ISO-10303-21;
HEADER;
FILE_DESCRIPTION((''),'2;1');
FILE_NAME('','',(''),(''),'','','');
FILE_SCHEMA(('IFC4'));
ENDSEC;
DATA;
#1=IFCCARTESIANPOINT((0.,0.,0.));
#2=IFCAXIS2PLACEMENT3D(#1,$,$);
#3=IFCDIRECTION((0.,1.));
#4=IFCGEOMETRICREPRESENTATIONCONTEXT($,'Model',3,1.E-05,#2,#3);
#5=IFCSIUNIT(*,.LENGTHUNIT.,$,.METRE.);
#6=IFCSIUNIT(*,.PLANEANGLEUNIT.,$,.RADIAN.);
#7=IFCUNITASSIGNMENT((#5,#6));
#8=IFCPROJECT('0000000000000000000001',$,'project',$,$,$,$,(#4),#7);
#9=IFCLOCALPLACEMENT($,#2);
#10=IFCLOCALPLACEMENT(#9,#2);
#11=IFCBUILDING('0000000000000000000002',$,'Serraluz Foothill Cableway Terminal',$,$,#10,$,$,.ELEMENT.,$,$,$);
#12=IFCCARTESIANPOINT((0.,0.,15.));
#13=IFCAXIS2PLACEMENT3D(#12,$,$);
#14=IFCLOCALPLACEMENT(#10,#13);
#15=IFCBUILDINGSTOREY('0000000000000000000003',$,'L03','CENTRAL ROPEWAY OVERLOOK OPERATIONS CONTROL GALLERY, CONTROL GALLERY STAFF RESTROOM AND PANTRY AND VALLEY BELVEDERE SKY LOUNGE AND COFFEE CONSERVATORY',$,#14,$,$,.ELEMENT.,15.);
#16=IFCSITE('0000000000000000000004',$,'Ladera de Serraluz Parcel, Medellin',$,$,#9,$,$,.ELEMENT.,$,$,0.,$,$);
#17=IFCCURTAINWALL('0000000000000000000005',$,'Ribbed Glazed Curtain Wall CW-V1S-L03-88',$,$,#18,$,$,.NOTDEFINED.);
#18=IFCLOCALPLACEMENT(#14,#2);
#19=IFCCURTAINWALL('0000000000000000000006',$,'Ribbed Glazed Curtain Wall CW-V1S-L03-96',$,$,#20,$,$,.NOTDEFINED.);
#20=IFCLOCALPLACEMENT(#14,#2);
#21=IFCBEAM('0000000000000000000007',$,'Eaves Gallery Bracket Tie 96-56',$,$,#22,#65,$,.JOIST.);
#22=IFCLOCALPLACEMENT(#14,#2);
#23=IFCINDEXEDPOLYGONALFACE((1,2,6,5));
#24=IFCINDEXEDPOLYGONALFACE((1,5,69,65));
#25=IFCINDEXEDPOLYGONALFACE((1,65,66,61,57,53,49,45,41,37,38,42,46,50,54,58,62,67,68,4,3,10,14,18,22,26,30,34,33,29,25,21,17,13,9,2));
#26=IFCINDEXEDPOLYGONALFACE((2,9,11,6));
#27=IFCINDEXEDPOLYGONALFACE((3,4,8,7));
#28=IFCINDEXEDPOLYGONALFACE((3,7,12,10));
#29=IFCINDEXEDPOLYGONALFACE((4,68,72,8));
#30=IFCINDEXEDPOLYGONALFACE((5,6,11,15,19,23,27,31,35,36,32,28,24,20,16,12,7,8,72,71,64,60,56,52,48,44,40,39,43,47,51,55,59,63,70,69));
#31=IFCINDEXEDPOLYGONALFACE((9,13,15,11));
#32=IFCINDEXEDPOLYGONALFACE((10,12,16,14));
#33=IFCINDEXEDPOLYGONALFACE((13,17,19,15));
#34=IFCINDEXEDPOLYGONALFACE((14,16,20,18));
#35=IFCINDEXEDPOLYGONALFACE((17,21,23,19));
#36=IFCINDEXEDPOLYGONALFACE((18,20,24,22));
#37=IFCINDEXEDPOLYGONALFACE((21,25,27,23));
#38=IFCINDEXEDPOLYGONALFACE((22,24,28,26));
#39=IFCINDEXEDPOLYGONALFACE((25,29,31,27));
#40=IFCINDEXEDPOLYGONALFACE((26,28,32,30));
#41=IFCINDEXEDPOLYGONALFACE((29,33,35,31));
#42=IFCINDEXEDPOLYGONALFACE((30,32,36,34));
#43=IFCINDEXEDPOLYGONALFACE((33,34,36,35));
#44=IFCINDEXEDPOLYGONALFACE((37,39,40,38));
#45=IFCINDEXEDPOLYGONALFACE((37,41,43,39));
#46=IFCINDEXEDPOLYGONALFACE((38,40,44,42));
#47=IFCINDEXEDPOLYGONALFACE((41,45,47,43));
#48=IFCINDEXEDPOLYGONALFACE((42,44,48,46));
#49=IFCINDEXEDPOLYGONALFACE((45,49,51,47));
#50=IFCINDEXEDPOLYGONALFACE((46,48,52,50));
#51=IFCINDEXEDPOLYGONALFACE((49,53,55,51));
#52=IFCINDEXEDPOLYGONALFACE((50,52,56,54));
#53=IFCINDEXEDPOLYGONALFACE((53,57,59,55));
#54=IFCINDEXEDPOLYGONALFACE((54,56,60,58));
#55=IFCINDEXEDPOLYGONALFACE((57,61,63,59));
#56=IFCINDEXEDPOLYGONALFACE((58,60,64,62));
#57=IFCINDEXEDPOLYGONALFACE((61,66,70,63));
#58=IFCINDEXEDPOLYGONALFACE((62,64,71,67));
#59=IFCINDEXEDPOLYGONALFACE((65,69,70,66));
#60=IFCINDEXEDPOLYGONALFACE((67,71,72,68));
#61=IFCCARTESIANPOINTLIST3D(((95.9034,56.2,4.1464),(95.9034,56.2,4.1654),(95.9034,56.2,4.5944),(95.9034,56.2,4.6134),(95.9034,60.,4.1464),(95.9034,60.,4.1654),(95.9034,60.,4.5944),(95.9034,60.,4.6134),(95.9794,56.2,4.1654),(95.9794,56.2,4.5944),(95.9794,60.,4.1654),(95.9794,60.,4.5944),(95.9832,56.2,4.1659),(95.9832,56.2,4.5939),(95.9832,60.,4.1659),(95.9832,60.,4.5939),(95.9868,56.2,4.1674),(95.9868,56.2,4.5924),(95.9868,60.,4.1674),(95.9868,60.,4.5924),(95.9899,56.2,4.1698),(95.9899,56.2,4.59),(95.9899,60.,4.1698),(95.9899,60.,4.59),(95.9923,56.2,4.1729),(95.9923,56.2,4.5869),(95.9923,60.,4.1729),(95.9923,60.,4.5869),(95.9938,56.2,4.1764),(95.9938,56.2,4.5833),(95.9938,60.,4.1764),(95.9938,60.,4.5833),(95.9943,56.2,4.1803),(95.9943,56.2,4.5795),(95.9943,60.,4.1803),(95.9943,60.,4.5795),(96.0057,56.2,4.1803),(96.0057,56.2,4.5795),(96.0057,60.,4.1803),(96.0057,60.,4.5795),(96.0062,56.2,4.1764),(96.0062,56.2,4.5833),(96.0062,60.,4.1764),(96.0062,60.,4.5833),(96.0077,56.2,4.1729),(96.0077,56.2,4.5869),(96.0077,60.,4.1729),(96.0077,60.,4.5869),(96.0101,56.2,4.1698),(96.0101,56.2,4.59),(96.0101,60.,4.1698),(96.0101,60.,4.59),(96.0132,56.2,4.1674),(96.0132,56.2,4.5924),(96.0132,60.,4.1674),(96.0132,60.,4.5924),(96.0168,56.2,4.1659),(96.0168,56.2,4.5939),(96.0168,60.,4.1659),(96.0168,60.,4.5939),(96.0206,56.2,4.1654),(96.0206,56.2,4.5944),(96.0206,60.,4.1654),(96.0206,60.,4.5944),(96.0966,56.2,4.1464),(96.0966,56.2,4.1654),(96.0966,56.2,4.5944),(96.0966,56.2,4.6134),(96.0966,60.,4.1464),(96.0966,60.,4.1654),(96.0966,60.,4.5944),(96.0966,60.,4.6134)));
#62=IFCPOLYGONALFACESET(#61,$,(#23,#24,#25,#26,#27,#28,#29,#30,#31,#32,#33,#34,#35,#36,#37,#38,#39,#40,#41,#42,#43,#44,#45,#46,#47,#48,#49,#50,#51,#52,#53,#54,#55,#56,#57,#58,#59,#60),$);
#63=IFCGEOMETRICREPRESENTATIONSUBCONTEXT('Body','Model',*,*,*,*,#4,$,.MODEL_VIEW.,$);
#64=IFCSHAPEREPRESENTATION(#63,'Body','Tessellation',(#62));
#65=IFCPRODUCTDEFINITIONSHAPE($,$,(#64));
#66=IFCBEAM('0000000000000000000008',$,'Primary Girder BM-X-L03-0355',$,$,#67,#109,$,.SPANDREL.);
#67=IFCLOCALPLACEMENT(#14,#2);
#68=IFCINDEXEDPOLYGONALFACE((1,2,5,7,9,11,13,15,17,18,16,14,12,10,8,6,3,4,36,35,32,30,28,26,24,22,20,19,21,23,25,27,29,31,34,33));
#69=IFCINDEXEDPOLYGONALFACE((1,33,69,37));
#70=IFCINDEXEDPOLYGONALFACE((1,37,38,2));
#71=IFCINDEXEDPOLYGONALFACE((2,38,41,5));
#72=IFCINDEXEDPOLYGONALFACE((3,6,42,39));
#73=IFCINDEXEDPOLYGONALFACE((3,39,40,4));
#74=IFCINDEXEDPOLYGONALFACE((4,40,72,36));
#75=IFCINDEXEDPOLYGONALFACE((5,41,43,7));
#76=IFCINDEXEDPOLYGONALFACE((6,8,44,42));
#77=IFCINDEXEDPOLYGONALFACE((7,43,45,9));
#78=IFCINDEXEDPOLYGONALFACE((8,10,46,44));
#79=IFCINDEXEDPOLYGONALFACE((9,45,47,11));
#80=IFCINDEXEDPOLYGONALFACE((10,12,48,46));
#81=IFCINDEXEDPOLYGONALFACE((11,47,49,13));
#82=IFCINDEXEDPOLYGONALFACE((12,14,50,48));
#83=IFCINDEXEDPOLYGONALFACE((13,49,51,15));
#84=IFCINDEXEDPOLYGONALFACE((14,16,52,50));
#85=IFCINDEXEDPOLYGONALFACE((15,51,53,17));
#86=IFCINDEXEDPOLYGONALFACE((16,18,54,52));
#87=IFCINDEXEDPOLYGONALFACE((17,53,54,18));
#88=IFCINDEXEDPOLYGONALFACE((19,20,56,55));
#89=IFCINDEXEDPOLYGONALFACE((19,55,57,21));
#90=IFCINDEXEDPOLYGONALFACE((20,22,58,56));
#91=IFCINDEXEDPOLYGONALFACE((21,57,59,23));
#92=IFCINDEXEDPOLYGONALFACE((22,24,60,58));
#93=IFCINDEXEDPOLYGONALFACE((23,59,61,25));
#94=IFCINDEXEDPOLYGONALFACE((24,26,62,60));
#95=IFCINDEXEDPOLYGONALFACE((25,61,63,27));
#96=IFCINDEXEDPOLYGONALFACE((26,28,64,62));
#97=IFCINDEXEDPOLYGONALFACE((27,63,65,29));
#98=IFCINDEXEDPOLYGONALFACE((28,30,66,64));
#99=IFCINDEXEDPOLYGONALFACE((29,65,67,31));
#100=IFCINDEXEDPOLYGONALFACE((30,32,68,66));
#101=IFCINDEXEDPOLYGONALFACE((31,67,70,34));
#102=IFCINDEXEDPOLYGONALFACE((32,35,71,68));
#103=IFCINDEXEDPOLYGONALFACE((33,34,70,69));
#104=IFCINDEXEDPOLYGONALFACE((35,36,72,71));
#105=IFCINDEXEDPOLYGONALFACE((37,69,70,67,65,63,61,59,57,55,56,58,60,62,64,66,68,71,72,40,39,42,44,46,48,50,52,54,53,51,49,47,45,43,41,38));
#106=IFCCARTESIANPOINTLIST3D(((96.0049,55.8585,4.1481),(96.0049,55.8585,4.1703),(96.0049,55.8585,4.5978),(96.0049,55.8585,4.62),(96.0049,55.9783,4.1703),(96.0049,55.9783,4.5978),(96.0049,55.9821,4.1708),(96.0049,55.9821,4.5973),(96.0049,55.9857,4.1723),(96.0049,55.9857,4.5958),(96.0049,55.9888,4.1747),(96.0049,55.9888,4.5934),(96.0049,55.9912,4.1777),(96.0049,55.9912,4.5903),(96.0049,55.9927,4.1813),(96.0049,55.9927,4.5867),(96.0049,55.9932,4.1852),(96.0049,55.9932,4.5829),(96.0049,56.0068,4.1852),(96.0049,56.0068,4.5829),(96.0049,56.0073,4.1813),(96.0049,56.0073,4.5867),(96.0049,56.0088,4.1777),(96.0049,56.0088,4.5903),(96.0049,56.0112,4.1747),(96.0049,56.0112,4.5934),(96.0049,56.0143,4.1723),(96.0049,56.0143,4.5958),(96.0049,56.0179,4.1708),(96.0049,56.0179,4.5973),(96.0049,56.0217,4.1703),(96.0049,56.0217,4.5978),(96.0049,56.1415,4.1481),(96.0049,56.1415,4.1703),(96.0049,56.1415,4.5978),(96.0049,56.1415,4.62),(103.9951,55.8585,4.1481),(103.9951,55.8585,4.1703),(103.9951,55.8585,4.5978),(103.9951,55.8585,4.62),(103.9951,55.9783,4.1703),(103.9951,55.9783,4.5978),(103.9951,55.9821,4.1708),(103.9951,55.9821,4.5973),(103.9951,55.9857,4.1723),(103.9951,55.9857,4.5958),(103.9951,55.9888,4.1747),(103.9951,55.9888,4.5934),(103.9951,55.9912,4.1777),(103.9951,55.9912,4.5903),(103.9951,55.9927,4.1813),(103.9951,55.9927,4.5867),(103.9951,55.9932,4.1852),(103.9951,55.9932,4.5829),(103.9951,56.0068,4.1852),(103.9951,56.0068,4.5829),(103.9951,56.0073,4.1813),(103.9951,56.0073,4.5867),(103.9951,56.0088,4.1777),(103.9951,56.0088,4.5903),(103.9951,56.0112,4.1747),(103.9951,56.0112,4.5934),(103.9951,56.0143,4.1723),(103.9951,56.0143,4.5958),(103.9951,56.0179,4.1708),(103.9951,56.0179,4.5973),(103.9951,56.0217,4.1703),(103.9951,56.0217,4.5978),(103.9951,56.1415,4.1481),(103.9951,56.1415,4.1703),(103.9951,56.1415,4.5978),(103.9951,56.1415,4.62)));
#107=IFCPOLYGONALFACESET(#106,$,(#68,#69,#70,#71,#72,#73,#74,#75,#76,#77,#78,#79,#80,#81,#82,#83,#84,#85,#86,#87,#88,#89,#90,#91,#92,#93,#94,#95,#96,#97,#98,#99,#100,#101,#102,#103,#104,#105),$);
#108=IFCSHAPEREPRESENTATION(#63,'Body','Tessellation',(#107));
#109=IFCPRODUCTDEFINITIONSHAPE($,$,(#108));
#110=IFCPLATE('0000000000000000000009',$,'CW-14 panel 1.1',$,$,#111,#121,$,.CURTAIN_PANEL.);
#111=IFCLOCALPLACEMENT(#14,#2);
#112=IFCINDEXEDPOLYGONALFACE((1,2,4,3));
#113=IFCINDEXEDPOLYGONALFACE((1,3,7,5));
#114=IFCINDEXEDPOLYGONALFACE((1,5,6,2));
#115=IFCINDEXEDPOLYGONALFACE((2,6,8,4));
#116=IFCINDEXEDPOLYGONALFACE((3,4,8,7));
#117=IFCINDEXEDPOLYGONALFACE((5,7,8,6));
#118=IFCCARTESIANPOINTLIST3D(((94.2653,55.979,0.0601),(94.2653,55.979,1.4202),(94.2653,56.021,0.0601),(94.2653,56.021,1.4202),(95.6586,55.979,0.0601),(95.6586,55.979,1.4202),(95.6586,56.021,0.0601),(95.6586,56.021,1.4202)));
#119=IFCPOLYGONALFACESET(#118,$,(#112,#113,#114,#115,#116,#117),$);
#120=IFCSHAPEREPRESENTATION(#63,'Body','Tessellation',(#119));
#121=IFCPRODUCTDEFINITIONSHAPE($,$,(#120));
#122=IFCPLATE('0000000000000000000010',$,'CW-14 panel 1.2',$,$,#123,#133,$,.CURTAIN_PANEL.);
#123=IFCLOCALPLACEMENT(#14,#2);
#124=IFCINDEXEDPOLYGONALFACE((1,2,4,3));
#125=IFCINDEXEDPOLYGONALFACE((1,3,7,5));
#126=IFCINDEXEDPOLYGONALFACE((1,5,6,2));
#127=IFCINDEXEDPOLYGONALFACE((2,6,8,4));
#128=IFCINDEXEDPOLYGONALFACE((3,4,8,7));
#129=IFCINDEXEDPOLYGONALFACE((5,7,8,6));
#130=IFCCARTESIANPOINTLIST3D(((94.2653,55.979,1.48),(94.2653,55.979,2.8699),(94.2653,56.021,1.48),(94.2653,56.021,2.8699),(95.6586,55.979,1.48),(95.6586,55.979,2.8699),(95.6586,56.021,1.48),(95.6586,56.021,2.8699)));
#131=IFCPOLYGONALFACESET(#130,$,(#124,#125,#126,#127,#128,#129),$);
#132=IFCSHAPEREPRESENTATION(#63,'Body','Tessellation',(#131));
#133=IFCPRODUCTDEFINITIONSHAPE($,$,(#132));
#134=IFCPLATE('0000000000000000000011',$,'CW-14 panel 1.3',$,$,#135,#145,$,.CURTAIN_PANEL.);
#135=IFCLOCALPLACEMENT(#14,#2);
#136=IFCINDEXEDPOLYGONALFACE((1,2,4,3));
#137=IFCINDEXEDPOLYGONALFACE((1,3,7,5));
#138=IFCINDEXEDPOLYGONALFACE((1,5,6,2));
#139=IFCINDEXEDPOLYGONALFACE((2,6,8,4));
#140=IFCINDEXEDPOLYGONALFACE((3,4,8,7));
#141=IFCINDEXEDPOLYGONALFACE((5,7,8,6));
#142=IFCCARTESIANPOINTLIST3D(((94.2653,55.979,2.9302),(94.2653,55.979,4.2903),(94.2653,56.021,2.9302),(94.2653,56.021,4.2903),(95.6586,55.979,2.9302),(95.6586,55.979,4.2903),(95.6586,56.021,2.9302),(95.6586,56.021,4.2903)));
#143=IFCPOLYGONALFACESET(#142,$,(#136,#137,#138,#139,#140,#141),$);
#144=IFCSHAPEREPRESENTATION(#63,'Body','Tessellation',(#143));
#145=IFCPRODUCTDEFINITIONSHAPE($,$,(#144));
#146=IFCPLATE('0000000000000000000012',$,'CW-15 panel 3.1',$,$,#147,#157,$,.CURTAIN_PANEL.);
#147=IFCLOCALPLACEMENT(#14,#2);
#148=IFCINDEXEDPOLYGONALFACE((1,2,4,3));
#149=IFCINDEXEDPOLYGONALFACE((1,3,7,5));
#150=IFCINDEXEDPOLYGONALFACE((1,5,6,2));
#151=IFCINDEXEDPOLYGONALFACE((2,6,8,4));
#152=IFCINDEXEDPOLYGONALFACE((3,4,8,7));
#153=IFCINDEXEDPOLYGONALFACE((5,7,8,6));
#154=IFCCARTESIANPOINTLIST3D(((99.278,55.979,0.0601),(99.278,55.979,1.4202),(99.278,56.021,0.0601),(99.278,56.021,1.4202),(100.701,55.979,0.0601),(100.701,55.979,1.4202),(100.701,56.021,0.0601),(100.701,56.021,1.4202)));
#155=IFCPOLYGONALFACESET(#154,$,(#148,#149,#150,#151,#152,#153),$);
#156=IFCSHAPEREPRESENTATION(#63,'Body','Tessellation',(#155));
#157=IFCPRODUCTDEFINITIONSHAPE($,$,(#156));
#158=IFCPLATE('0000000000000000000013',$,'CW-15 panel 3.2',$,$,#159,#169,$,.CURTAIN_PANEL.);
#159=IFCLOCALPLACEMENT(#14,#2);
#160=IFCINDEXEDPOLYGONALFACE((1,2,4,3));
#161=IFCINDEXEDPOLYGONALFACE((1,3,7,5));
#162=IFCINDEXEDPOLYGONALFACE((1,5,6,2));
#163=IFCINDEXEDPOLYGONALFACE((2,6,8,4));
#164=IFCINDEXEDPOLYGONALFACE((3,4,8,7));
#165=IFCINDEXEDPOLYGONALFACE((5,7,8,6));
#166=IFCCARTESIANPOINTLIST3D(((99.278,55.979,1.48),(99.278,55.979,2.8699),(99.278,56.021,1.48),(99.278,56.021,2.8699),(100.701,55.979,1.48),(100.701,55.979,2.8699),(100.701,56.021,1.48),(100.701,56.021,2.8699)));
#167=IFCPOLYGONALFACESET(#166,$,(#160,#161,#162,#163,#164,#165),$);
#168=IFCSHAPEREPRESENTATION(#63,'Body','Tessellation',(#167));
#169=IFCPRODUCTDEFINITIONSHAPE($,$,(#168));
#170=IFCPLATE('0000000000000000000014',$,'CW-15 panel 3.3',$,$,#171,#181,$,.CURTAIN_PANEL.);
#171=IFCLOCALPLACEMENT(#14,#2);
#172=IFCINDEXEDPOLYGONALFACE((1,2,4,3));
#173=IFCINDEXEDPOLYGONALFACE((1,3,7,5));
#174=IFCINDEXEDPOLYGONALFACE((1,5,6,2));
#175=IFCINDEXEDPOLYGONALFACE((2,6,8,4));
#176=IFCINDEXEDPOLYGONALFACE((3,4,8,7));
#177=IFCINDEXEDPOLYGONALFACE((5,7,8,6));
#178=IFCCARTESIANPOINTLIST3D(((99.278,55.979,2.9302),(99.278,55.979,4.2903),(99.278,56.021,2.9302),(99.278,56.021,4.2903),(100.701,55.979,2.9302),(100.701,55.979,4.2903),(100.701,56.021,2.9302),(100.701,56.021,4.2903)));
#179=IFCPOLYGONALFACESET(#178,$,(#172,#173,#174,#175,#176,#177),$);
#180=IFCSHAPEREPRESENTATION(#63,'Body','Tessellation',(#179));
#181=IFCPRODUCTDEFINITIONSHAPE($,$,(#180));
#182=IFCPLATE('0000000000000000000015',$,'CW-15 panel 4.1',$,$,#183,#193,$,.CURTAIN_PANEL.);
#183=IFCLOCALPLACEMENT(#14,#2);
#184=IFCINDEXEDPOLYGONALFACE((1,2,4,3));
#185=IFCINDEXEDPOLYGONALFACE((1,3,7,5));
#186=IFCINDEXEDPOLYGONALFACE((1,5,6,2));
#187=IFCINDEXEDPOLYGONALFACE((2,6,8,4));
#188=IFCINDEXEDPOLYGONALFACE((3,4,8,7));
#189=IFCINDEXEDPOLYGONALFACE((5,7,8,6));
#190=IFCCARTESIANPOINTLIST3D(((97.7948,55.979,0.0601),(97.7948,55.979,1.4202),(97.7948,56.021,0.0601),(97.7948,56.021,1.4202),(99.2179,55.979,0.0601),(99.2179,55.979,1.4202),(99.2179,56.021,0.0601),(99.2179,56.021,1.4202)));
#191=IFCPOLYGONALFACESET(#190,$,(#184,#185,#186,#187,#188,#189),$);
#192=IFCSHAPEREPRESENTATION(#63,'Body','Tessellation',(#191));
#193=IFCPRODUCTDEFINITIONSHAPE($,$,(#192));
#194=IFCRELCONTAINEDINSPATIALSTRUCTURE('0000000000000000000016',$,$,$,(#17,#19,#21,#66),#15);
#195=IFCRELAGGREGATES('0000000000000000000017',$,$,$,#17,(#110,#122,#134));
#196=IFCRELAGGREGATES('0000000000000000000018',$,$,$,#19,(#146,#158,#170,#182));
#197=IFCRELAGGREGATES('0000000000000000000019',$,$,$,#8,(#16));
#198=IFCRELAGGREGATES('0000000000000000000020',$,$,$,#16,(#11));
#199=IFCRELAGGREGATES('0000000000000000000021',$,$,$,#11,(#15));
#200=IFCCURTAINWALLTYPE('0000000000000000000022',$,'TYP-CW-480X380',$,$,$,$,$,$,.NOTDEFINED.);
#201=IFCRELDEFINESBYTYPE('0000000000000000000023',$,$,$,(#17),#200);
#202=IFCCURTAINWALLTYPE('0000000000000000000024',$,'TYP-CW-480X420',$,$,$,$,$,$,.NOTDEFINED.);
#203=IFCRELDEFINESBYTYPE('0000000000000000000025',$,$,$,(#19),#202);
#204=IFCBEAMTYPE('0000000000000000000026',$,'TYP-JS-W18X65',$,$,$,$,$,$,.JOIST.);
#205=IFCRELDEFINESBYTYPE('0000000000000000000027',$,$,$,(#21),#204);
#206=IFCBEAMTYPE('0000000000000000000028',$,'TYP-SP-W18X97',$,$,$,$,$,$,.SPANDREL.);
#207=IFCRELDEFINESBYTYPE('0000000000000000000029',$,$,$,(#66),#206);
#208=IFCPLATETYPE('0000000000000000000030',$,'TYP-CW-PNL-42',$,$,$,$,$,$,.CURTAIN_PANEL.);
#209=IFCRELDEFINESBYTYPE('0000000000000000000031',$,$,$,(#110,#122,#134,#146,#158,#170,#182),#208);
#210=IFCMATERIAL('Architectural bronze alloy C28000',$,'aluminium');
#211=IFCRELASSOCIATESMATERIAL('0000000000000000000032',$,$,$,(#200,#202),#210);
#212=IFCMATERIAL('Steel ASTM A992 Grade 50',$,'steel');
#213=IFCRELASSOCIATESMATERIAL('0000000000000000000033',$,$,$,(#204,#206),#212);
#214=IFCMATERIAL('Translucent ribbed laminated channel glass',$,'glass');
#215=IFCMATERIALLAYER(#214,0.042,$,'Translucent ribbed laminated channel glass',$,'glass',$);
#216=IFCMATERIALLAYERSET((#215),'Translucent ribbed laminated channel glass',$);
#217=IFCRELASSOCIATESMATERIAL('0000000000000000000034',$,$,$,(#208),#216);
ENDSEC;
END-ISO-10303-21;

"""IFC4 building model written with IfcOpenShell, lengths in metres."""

from ifc_helpers import new_model, si_unit, direction, frame, origin, origin_2d, place, context, subcontext, project, spatial, rectangle, i_section, extrude, material, layer, layer_set, material_profile, profile_set, type_object, element, aggregate, save


model = new_model("IFC4")

# Units and contexts
model_context = context("Model", 3, precision=1e-05, world=origin(), true_north=direction((0.0, 1.0)))
body_context = subcontext(model_context, "Body", "Model", "MODEL_VIEW")
ifc_project = project(units=[si_unit("LENGTHUNIT", "METRE"), si_unit("PLANEANGLEUNIT", "RADIAN")], contexts=[model_context])

# Site, building, storey
site_placement = place(None, origin())
site = spatial("IfcSite", under=ifc_project, at=site_placement, Name="Ladera de Serraluz Parcel, Medellin", CompositionType="ELEMENT", RefElevation=0.0)
building_placement = place(site_placement, origin())
building = spatial("IfcBuilding", under=site, at=building_placement, Name="Serraluz Foothill Cableway Terminal", CompositionType="ELEMENT")
storey_placement = place(building_placement, frame((0.0, 0.0, 15.0)))
storey = spatial("IfcBuildingStorey", under=building, at=storey_placement, Name="L03", Description="CENTRAL ROPEWAY OVERLOOK OPERATIONS CONTROL GALLERY, CONTROL GALLERY STAFF RESTROOM AND PANTRY AND VALLEY BELVEDERE SKY LOUNGE AND COFFEE CONSERVATORY", CompositionType="ELEMENT", Elevation=15.0)

# Shared definitions
ifc_material_1 = material(Name="Steel ASTM A992 Grade 50", Category="steel")

# Curtain walls
ifc_material_2 = material(Name="Architectural bronze alloy C28000", Category="aluminium")
curtain_wall_type_1 = type_object("IfcCurtainWallType", Name="TYP-CW-480X380", PredefinedType="NOTDEFINED", material=ifc_material_2)
curtain_wall_1_placement = place(storey_placement, origin())
curtain_wall_1 = element("IfcCurtainWall", 1, at=curtain_wall_1_placement, inside=storey, type_object=curtain_wall_type_1, Name="Ribbed Glazed Curtain Wall CW-V1S-L03-88", PredefinedType="NOTDEFINED")
curtain_wall_type_2 = type_object("IfcCurtainWallType", Name="TYP-CW-480X420", PredefinedType="NOTDEFINED", material=ifc_material_2)
curtain_wall_2_placement = place(storey_placement, origin())
curtain_wall_2 = element("IfcCurtainWall", 2, at=curtain_wall_2_placement, inside=storey, type_object=curtain_wall_type_2, Name="Ribbed Glazed Curtain Wall CW-V1S-L03-96", PredefinedType="NOTDEFINED")

# Beams
ifc_material_profile_1 = material_profile(ifc_material_1, i_section(OverallWidth=0.1931, OverallDepth=0.467, WebThickness=0.0115, FlangeThickness=0.019, FilletRadius=0.0149, at=origin_2d()), Name="W18X65")
ifc_profile_set_1 = profile_set([ifc_material_profile_1], Name="Steel ASTM A992 Grade 50")
beam_type_1 = type_object("IfcBeamType", Name="TYP-JS-W18X65", PredefinedType="JOIST", material=ifc_profile_set_1)
beam_1_placement = place(storey_placement, frame((96.0, 56.2, 4.3799), z_axis=(0.0, 1.0, 0.0), x_axis=(-1.0, 0.0, 0.0)))
element("IfcBeam", 3, at=beam_1_placement, inside=storey, type_object=beam_type_1, Name="Eaves Gallery Bracket Tie 96-56", PredefinedType="JOIST", context=body_context, shape_type="SweptSolid", body=[
    extrude(i_section(OverallWidth=0.1931, OverallDepth=0.467, WebThickness=0.0115, FlangeThickness=0.019, FilletRadius=0.0149, at=origin_2d()), origin(), (0.0, 0.0, 1.0), 3.8),
])
ifc_material_profile_2 = material_profile(ifc_material_1, i_section(OverallWidth=0.283, OverallDepth=0.4719, WebThickness=0.0137, FlangeThickness=0.0222, FilletRadius=0.0149, at=origin_2d()), Name="W18X97")
ifc_profile_set_2 = profile_set([ifc_material_profile_2], Name="Steel ASTM A992 Grade 50")
beam_type_2 = type_object("IfcBeamType", Name="TYP-SP-W18X97", PredefinedType="SPANDREL", material=ifc_profile_set_2)
beam_2_placement = place(storey_placement, frame((96.0049, 56.0, 4.384), z_axis=(1.0, 0.0, 0.0), x_axis=(0.0, 1.0, 0.0)))
element("IfcBeam", 4, at=beam_2_placement, inside=storey, type_object=beam_type_2, Name="Primary Girder BM-X-L03-0355", PredefinedType="SPANDREL", context=body_context, shape_type="SweptSolid", body=[
    extrude(i_section(OverallWidth=0.283, OverallDepth=0.4719, WebThickness=0.0137, FlangeThickness=0.0222, FilletRadius=0.0149, at=origin_2d()), origin(), (0.0, 0.0, 1.0), 7.9902),
])

# Plates
ifc_material_3 = material(Name="Translucent ribbed laminated channel glass", Category="glass")
ifc_layer = layer(ifc_material_3, 0.042, Name="Translucent ribbed laminated channel glass", Category="glass")
ifc_layer_set = layer_set([ifc_layer], Name="Translucent ribbed laminated channel glass")
plate_type = type_object("IfcPlateType", Name="TYP-CW-PNL-42", PredefinedType="CURTAIN_PANEL", material=ifc_layer_set)
plate_1_placement = place(storey_placement, frame((94.9619, 56.0, 0.0601), z_axis=(0.0, 0.0, 1.0), x_axis=(-1.0, 0.0, 0.0)))
plate_1 = element("IfcPlate", 5, at=plate_1_placement, type_object=plate_type, Name="CW-14 panel 1.1", PredefinedType="CURTAIN_PANEL", context=body_context, shape_type="SweptSolid", body=[
    extrude(rectangle(XDim=1.3933, YDim=0.042, at=origin_2d()), origin(), (0.0, 0.0, 1.0), 1.3601),
])
plate_2_placement = place(storey_placement, frame((94.9619, 56.0, 1.48), z_axis=(0.0, 0.0, 1.0), x_axis=(-1.0, 0.0, 0.0)))
plate_2 = element("IfcPlate", 6, at=plate_2_placement, type_object=plate_type, Name="CW-14 panel 1.2", PredefinedType="CURTAIN_PANEL", context=body_context, shape_type="SweptSolid", body=[
    extrude(rectangle(XDim=1.3933, YDim=0.042, at=origin_2d()), origin(), (0.0, 0.0, 1.0), 1.3899),
])
plate_3_placement = place(storey_placement, frame((94.9619, 56.0, 2.9302), z_axis=(0.0, 0.0, 1.0), x_axis=(-1.0, 0.0, 0.0)))
plate_3 = element("IfcPlate", 7, at=plate_3_placement, type_object=plate_type, Name="CW-14 panel 1.3", PredefinedType="CURTAIN_PANEL", context=body_context, shape_type="SweptSolid", body=[
    extrude(rectangle(XDim=1.3933, YDim=0.042, at=origin_2d()), origin(), (0.0, 0.0, 1.0), 1.3601),
])
aggregate(curtain_wall_1, [plate_1, plate_2, plate_3])
plate_4_placement = place(storey_placement, frame((99.9895, 56.0, 0.0601), z_axis=(0.0, 0.0, 1.0), x_axis=(-1.0, 0.0, 0.0)))
plate_4 = element("IfcPlate", 8, at=plate_4_placement, type_object=plate_type, Name="CW-15 panel 3.1", PredefinedType="CURTAIN_PANEL", context=body_context, shape_type="SweptSolid", body=[
    extrude(rectangle(XDim=1.4231, YDim=0.042, at=origin_2d()), origin(), (0.0, 0.0, 1.0), 1.3601),
])
plate_5_placement = place(storey_placement, frame((99.9895, 56.0, 1.48), z_axis=(0.0, 0.0, 1.0), x_axis=(-1.0, 0.0, 0.0)))
plate_5 = element("IfcPlate", 9, at=plate_5_placement, type_object=plate_type, Name="CW-15 panel 3.2", PredefinedType="CURTAIN_PANEL", context=body_context, shape_type="SweptSolid", body=[
    extrude(rectangle(XDim=1.4231, YDim=0.042, at=origin_2d()), origin(), (0.0, 0.0, 1.0), 1.3899),
])
plate_6_placement = place(storey_placement, frame((99.9895, 56.0, 2.9302), z_axis=(0.0, 0.0, 1.0), x_axis=(-1.0, 0.0, 0.0)))
plate_6 = element("IfcPlate", 10, at=plate_6_placement, type_object=plate_type, Name="CW-15 panel 3.3", PredefinedType="CURTAIN_PANEL", context=body_context, shape_type="SweptSolid", body=[
    extrude(rectangle(XDim=1.4231, YDim=0.042, at=origin_2d()), origin(), (0.0, 0.0, 1.0), 1.3601),
])
plate_7_placement = place(storey_placement, frame((98.5063, 56.0, 0.0601), z_axis=(0.0, 0.0, 1.0), x_axis=(-1.0, 0.0, 0.0)))
plate_7 = element("IfcPlate", 11, at=plate_7_placement, type_object=plate_type, Name="CW-15 panel 4.1", PredefinedType="CURTAIN_PANEL", context=body_context, shape_type="SweptSolid", body=[
    extrude(rectangle(XDim=1.4231, YDim=0.042, at=origin_2d()), origin(), (0.0, 0.0, 1.0), 1.3601),
])
aggregate(curtain_wall_2, [plate_4, plate_5, plate_6, plate_7])

save(model, "model.ifc")
